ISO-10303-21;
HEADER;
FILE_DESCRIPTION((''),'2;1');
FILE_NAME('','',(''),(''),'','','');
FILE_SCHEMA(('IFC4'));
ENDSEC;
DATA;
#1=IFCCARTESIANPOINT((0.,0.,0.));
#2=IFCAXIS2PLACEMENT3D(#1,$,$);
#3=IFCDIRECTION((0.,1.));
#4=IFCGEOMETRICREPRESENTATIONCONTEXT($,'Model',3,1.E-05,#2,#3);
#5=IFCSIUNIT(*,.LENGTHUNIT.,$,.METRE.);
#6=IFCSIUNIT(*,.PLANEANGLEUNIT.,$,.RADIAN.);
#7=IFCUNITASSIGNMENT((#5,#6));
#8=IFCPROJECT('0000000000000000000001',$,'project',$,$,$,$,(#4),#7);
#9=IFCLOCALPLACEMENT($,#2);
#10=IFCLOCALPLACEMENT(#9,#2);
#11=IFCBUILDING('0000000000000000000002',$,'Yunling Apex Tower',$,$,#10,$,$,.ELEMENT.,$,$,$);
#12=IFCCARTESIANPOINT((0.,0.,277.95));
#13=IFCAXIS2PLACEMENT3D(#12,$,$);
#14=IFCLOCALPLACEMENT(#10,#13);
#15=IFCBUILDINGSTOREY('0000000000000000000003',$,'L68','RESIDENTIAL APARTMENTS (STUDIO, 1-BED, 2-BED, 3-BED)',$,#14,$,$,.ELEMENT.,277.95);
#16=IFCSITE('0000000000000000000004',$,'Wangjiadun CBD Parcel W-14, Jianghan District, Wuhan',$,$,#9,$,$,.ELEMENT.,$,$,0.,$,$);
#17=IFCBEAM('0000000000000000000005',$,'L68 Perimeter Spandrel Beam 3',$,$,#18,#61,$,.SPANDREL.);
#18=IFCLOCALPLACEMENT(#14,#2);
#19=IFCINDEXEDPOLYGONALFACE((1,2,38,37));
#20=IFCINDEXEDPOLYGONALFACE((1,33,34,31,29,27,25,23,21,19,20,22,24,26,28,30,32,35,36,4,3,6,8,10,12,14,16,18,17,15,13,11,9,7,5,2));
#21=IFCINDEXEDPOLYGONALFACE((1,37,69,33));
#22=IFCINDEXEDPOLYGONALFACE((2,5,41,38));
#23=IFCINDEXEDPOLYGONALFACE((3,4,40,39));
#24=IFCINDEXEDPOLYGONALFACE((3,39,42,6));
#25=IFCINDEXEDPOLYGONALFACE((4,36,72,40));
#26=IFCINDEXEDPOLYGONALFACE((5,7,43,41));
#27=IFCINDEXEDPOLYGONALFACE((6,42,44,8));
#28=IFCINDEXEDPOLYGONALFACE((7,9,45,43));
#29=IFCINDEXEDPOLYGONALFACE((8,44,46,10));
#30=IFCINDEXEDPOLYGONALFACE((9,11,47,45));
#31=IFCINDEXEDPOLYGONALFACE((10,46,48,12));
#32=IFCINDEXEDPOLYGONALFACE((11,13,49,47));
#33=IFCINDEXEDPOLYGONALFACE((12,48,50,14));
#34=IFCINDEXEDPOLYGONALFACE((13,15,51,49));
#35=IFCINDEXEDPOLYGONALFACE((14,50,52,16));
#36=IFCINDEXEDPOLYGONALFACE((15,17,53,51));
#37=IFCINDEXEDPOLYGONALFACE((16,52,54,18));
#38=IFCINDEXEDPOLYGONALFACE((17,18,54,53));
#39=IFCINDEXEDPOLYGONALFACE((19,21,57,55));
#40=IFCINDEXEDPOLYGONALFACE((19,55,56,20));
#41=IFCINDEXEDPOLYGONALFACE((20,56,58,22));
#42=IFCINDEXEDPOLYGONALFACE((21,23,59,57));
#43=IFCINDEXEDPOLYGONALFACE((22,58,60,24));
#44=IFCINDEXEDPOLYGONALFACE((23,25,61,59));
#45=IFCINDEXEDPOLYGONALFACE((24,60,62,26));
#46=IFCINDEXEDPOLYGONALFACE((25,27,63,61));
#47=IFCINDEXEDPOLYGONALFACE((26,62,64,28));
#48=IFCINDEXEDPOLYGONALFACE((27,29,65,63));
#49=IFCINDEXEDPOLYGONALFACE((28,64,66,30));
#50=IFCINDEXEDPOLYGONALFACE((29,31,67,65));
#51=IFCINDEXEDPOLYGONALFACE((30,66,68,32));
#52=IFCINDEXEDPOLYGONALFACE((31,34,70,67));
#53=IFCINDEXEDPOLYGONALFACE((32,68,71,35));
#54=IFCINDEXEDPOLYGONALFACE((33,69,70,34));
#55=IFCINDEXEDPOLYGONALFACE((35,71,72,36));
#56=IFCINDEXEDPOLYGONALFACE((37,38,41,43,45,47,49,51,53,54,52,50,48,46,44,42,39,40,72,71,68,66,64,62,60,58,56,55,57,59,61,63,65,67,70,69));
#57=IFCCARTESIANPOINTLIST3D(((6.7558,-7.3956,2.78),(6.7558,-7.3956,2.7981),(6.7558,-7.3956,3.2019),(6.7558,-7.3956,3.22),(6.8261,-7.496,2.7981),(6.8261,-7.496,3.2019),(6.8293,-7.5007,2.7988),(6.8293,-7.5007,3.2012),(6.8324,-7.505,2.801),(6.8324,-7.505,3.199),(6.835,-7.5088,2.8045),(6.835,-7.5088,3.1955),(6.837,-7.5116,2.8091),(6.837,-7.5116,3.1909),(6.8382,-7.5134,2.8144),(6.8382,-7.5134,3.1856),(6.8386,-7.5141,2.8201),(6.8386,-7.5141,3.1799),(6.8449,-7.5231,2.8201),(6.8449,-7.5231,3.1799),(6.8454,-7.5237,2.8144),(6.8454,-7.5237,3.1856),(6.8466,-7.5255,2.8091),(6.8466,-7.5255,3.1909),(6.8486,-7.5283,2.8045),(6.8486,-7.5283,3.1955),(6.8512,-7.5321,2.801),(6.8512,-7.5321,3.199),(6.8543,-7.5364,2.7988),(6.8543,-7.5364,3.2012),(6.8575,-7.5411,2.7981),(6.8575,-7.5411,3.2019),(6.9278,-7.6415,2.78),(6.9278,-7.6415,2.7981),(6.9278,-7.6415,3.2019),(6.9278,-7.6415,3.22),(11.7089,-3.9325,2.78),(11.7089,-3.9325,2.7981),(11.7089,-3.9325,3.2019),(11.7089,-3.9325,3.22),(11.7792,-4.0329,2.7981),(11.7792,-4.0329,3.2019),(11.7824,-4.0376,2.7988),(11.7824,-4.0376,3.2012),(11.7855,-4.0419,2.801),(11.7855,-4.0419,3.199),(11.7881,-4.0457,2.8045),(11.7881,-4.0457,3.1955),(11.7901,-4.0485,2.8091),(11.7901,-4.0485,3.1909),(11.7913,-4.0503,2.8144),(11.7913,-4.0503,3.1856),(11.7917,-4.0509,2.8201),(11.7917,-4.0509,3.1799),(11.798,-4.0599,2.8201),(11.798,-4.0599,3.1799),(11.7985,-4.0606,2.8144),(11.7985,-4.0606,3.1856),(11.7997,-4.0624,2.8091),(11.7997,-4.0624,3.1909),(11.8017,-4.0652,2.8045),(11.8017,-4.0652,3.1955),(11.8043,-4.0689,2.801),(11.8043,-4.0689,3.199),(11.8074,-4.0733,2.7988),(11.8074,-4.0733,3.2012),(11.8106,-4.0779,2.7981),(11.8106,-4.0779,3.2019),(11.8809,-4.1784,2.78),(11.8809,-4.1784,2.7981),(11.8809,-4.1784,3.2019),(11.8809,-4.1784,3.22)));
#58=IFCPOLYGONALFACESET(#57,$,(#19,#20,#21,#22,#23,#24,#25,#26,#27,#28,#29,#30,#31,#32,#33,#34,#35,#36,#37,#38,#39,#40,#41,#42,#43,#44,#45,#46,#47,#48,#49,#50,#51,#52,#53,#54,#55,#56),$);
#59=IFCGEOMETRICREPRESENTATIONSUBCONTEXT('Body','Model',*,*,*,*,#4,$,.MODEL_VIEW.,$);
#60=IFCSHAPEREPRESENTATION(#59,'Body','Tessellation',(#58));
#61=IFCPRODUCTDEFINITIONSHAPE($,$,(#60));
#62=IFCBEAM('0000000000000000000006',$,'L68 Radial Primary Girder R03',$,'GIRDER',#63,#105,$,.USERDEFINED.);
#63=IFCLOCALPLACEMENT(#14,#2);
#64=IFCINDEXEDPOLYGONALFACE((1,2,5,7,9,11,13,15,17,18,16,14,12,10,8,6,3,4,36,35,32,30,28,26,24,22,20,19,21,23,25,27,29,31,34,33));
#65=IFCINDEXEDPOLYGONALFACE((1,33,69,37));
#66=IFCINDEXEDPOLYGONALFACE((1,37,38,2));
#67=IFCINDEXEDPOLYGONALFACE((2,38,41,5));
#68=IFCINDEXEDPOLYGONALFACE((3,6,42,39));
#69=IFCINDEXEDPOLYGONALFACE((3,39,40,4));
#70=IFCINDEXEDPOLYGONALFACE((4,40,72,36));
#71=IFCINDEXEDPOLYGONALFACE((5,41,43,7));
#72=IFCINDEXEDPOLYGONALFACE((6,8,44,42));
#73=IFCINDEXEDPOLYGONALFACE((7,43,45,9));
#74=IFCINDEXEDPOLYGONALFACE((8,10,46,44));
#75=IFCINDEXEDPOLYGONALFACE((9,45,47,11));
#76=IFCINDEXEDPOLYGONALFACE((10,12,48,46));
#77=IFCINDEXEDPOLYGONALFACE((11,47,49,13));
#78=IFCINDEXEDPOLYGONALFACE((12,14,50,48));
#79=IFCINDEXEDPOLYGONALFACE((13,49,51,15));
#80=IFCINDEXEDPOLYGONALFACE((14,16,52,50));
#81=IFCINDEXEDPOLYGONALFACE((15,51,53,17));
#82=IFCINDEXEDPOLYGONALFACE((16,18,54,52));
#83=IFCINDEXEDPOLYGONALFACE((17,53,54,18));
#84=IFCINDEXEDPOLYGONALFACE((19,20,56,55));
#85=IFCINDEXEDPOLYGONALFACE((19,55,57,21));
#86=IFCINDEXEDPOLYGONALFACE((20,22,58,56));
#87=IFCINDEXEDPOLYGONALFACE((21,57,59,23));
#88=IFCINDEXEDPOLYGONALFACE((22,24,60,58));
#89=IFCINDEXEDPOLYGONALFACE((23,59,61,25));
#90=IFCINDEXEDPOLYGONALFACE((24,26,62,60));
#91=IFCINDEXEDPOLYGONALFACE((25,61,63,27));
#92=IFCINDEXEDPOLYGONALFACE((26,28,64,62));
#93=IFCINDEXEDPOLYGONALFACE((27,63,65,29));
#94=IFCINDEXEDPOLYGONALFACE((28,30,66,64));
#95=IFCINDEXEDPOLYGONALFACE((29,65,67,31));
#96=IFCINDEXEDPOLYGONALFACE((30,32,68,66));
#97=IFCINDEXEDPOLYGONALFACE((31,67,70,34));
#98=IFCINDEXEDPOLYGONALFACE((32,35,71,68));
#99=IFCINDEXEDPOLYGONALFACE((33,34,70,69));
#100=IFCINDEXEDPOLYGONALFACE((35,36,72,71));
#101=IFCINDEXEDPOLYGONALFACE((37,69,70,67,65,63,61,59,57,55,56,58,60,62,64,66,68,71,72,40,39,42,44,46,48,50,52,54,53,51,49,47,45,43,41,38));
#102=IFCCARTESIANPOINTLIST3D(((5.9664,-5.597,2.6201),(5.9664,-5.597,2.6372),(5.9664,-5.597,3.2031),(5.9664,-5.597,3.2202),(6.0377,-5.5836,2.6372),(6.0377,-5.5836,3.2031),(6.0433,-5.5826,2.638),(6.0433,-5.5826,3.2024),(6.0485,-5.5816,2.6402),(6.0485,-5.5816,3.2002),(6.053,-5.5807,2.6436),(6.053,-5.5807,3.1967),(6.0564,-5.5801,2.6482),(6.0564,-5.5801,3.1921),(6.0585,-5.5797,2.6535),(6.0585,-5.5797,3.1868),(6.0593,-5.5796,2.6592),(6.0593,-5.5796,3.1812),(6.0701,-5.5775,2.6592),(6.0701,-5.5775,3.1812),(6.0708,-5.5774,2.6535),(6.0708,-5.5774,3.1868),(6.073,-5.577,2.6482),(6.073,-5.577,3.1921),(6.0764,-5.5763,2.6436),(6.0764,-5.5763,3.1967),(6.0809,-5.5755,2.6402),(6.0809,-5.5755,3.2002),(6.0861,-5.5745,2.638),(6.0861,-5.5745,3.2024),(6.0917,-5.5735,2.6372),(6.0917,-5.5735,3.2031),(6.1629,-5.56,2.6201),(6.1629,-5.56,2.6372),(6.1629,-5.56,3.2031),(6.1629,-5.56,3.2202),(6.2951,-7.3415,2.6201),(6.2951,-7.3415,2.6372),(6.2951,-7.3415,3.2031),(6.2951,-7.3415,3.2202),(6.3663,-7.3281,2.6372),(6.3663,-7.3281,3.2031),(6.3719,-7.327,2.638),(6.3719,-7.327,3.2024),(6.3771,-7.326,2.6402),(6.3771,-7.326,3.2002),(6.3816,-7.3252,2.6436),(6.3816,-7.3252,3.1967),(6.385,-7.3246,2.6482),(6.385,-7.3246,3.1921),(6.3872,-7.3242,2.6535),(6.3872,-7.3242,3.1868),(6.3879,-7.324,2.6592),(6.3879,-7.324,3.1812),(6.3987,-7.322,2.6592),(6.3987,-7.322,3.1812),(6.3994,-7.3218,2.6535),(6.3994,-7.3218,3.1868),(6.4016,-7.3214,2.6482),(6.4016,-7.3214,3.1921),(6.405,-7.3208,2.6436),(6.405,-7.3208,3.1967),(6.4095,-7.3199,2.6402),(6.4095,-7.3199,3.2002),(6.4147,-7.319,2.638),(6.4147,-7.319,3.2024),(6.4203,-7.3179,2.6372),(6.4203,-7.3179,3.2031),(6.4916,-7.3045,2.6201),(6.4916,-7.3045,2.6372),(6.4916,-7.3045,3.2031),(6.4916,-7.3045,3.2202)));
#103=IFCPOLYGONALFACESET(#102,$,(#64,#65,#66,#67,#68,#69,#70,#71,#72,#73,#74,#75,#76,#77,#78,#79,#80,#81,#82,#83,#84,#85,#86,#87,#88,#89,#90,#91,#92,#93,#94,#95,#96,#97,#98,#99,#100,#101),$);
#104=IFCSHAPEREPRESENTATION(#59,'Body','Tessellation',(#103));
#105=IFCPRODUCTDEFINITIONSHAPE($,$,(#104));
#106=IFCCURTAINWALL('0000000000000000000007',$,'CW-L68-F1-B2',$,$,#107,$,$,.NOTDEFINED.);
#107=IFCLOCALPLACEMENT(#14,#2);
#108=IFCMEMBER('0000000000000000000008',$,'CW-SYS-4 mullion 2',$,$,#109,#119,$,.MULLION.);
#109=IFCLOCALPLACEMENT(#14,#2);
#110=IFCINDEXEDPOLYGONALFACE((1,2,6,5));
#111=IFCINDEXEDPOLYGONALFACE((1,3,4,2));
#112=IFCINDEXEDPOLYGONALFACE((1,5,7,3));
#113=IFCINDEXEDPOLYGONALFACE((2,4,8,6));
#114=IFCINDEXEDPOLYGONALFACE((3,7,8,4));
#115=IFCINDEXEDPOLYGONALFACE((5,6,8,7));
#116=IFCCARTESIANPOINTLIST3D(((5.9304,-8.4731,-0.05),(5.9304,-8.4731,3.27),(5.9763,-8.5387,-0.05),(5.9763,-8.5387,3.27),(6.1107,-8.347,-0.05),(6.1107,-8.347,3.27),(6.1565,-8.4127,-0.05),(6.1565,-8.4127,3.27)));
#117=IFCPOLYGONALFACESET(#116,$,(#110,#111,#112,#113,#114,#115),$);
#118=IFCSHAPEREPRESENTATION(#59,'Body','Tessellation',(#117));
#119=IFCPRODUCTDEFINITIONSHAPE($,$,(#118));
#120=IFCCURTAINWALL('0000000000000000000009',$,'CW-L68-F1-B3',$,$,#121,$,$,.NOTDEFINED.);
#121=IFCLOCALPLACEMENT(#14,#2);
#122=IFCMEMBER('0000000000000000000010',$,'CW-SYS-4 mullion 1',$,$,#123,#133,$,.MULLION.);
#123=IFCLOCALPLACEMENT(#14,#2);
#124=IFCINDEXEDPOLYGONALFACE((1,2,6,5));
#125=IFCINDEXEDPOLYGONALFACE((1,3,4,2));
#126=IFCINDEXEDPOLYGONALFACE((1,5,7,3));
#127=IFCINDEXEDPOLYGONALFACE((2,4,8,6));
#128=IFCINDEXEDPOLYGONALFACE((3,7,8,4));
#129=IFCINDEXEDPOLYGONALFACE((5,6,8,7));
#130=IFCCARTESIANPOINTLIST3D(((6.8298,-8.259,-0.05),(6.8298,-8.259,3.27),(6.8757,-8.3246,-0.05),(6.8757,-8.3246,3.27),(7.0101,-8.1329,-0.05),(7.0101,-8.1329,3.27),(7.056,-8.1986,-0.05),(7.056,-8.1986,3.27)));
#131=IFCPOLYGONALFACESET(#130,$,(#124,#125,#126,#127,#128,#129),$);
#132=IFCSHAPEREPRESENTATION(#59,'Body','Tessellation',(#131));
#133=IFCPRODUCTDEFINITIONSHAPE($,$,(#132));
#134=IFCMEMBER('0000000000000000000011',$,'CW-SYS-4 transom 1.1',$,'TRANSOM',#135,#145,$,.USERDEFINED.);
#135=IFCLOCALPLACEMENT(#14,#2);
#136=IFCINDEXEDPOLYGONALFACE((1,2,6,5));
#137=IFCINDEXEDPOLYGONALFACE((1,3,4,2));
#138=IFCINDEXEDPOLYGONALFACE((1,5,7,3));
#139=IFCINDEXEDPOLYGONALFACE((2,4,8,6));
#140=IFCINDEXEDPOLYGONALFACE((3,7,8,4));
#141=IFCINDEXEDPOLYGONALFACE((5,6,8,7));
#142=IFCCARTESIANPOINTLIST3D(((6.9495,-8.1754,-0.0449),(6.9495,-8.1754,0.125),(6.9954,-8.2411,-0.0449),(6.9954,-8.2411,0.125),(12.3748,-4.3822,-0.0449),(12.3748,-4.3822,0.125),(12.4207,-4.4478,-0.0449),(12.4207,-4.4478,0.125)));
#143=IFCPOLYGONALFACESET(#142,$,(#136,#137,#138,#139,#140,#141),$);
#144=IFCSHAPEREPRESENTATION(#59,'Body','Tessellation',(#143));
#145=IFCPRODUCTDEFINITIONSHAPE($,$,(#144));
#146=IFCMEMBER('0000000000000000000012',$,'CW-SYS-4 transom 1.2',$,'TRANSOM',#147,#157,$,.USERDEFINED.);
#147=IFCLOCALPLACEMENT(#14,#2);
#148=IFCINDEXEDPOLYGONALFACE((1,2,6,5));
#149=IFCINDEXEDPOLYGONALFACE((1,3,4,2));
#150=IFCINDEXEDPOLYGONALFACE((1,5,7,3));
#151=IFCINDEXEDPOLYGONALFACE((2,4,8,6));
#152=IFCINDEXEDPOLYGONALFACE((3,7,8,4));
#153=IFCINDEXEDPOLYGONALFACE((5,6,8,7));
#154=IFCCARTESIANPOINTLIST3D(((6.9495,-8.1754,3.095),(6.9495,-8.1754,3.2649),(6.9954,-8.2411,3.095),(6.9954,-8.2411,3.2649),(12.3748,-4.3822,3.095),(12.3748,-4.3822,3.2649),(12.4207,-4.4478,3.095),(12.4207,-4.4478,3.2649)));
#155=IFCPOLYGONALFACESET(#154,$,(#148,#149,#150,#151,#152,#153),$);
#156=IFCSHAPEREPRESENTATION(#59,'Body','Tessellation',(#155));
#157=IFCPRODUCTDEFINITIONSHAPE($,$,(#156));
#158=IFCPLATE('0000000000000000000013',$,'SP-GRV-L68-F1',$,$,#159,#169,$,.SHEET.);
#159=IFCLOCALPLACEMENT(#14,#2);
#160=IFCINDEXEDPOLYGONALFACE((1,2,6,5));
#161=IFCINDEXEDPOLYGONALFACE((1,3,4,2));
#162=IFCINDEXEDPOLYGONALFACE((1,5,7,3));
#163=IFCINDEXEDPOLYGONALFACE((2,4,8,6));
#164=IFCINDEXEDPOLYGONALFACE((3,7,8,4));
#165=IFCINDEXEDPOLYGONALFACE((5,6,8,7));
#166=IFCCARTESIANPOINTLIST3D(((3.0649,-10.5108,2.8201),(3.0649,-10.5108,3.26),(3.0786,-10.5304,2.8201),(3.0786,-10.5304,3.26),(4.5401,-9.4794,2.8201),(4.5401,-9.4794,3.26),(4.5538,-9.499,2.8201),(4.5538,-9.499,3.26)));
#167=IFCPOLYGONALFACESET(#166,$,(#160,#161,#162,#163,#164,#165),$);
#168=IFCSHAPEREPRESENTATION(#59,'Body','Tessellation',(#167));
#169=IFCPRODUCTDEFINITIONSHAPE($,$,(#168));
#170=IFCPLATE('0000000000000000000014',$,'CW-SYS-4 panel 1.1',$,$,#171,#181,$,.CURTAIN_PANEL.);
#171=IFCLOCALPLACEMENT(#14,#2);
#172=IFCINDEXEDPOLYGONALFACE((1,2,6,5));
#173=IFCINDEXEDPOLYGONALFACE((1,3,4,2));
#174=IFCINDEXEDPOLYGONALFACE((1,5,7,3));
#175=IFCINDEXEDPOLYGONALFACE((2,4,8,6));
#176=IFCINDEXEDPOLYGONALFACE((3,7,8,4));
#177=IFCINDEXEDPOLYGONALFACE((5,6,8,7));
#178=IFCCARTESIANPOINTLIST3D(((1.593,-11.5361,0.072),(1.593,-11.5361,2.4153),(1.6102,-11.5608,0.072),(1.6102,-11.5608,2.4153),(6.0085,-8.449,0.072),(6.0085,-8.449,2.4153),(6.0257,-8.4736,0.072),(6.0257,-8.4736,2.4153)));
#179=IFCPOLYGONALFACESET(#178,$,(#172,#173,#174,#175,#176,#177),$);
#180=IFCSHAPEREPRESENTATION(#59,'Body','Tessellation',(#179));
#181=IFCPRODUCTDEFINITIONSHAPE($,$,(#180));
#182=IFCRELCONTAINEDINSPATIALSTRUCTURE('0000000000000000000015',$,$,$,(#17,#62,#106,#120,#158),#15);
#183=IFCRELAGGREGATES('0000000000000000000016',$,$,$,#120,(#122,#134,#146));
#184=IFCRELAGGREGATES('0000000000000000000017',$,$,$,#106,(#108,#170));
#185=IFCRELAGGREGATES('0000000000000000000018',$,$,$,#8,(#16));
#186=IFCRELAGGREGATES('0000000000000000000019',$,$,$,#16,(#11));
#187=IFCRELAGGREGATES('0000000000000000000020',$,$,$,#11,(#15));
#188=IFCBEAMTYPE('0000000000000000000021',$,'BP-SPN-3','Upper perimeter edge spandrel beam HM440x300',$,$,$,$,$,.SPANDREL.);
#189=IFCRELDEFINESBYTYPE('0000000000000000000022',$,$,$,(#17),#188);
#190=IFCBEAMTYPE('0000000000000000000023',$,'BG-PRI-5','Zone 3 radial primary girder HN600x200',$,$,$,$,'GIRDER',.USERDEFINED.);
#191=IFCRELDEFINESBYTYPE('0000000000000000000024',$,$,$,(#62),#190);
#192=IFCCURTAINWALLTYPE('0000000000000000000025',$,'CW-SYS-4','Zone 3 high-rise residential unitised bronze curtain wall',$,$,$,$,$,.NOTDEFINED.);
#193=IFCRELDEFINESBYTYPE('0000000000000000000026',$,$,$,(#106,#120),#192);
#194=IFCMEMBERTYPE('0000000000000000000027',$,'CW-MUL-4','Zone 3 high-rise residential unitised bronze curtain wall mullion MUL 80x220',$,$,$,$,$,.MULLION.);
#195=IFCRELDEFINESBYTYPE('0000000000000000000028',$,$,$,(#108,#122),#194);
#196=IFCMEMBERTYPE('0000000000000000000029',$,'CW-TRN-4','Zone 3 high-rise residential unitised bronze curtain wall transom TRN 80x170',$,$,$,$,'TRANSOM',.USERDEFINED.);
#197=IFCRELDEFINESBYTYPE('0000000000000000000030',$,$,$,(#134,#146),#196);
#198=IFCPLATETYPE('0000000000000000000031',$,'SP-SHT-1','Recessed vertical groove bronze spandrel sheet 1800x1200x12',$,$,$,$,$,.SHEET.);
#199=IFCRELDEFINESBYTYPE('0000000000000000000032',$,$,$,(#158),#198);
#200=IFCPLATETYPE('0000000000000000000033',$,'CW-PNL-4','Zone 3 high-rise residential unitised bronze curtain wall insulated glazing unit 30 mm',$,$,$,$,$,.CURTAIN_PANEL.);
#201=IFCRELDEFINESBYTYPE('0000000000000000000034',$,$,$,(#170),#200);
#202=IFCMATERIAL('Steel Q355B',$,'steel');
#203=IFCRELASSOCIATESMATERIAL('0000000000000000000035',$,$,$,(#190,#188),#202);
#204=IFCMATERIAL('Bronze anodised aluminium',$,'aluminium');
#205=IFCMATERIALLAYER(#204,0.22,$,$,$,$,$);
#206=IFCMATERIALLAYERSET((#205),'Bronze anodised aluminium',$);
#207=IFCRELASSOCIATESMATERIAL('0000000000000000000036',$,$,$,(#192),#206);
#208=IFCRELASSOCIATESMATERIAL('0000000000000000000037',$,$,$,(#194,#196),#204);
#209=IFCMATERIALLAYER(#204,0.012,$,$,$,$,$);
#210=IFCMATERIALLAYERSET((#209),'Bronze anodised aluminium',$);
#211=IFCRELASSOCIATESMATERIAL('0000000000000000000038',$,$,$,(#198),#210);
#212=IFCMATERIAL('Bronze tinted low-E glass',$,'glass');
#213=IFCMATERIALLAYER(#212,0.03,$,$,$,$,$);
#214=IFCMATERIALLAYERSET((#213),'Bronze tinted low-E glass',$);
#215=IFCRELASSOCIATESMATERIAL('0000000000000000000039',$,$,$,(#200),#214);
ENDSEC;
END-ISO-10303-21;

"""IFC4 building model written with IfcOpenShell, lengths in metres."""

from ifc_helpers import new_model, si_unit, direction, frame, origin, origin_2d, place, context, subcontext, project, spatial, rectangle, i_section, extrude, source, transform, mapped, material, layer, layer_set, material_profile, profile_set, type_object, element, aggregate, save


model = new_model("IFC4")

# Units and contexts
model_context = context("Model", 3, precision=1e-05, world=origin(), true_north=direction((0.0, 1.0)))
body_context = subcontext(model_context, "Body", "Model", "MODEL_VIEW")
ifc_project = project(units=[si_unit("LENGTHUNIT", "METRE"), si_unit("PLANEANGLEUNIT", "RADIAN")], contexts=[model_context])

# Site, building, storey
site_placement = place(None, origin())
site = spatial("IfcSite", under=ifc_project, at=site_placement, Name="Wangjiadun CBD Parcel W-14, Jianghan District, Wuhan", CompositionType="ELEMENT", RefElevation=0.0)
building_placement = place(site_placement, origin())
building = spatial("IfcBuilding", under=site, at=building_placement, Name="Yunling Apex Tower", CompositionType="ELEMENT")
storey_placement = place(building_placement, frame((0.0, 0.0, 277.95)))
storey = spatial("IfcBuildingStorey", under=building, at=storey_placement, Name="L68", Description="RESIDENTIAL APARTMENTS (STUDIO, 1-BED, 2-BED, 3-BED)", CompositionType="ELEMENT", Elevation=277.95)

# Shared definitions
ifc_material_1 = material(Name="Steel Q355B", Category="steel")

# Beams
ifc_material_profile_1 = material_profile(ifc_material_1, i_section(OverallWidth=0.2, OverallDepth=0.6001, WebThickness=0.011, FlangeThickness=0.0171, FilletRadius=0.022, at=origin_2d()))
ifc_profile_set_1 = profile_set([ifc_material_profile_1], Name="Steel Q355B")
beam_type_1 = type_object("IfcBeamType", Name="BG-PRI-5", Description="Zone 3 radial primary girder HN600x200", ElementType="GIRDER", PredefinedType="USERDEFINED", material=ifc_profile_set_1)
ifc_material_profile_2 = material_profile(ifc_material_1, i_section(OverallWidth=0.3, OverallDepth=0.4399, WebThickness=0.011, FlangeThickness=0.0181, FilletRadius=0.022, at=origin_2d()))
ifc_profile_set_2 = profile_set([ifc_material_profile_2], Name="Steel Q355B")
beam_type_2 = type_object("IfcBeamType", Name="BP-SPN-3", Description="Upper perimeter edge spandrel beam HM440x300", PredefinedType="SPANDREL", material=ifc_profile_set_2)
shared_shape_1 = source(origin(), body_context, "Body", "SweptSolid", [
    extrude(i_section(OverallWidth=0.3, OverallDepth=0.4399, WebThickness=0.011, FlangeThickness=0.0181, FilletRadius=0.022, at=origin_2d()), origin(), (0.0, 0.0, 1.0), 6.0437),
])
beam_1_placement = place(storey_placement, frame((6.8418, -7.5186, 3.0), z_axis=(0.819547, 0.573012, 0.0), x_axis=(-0.573012, 0.819547, 0.0)))
element("IfcBeam", 1, at=beam_1_placement, inside=storey, type_object=beam_type_2, Name="L68 Perimeter Spandrel Beam 3", PredefinedType="SPANDREL", context=body_context, shape_type="MappedRepresentation", body=[
    mapped(shared_shape_1, transform((0.0, 0.0, 0.0), scale=1.0)),
])
shared_shape_2 = source(origin(), body_context, "Body", "SweptSolid", [
    extrude(i_section(OverallWidth=0.2, OverallDepth=0.6001, WebThickness=0.011, FlangeThickness=0.0171, FilletRadius=0.022, at=origin_2d()), origin(), (0.0, 0.0, 1.0), 1.7751),
])
beam_2_placement = place(storey_placement, frame((6.3933, -7.323, 2.9202), z_axis=(-0.185127, 0.982715, 0.0), x_axis=(-0.982715, -0.185127, 0.0)))
element("IfcBeam", 2, at=beam_2_placement, inside=storey, type_object=beam_type_1, Name="L68 Radial Primary Girder R03", ObjectType="GIRDER", PredefinedType="USERDEFINED", context=body_context, shape_type="MappedRepresentation", body=[
    mapped(shared_shape_2, transform((0.0, 0.0, 0.0), scale=1.0)),
])

# Curtain wall, member
ifc_material_2 = material(Name="Bronze anodised aluminium", Category="aluminium")
ifc_layer_1 = layer(ifc_material_2, 0.22)
ifc_layer_set_1 = layer_set([ifc_layer_1], Name="Bronze anodised aluminium")
curtain_wall_type = type_object("IfcCurtainWallType", Name="CW-SYS-4", Description="Zone 3 high-rise residential unitised bronze curtain wall", PredefinedType="NOTDEFINED", material=ifc_layer_set_1)
curtain_wall_1_placement = place(storey_placement, origin())
curtain_wall_1 = element("IfcCurtainWall", 3, at=curtain_wall_1_placement, inside=storey, type_object=curtain_wall_type, Name="CW-L68-F1-B2", PredefinedType="NOTDEFINED")
ifc_material_profile_3 = material_profile(ifc_material_2, rectangle(XDim=0.0801, YDim=0.22, at=origin_2d()))
ifc_profile_set_3 = profile_set([ifc_material_profile_3], Name="Bronze anodised aluminium")
member_type_1 = type_object("IfcMemberType", Name="CW-MUL-4", Description="Zone 3 high-rise residential unitised bronze curtain wall mullion MUL 80x220", PredefinedType="MULLION", material=ifc_profile_set_3)
shared_shape_3 = source(origin(), body_context, "Body", "SweptSolid", [
    extrude(rectangle(XDim=0.0801, YDim=0.22, at=origin_2d()), origin(), (0.0, 0.0, 1.0), 3.3201),
])
member_1_placement = place(storey_placement, frame((6.0435, -8.4429, -0.05), z_axis=(0.0, 0.0, 1.0), x_axis=(-0.572999, 0.819556, 0.0)))
member_1 = element("IfcMember", 4, at=member_1_placement, type_object=member_type_1, Name="CW-SYS-4 mullion 2", PredefinedType="MULLION", context=body_context, shape_type="MappedRepresentation", body=[
    mapped(shared_shape_3, transform((0.0, 0.0, 0.0), scale=1.0)),
])

# Curtain wall, members
curtain_wall_2_placement = place(storey_placement, origin())
curtain_wall_2 = element("IfcCurtainWall", 5, at=curtain_wall_2_placement, inside=storey, type_object=curtain_wall_type, Name="CW-L68-F1-B3", PredefinedType="NOTDEFINED")
member_2_placement = place(storey_placement, frame((6.9429, -8.2288, -0.05), z_axis=(0.0, 0.0, 1.0), x_axis=(-0.57301, 0.819548, 0.0)))
member_2 = element("IfcMember", 6, at=member_2_placement, type_object=member_type_1, Name="CW-SYS-4 mullion 1", PredefinedType="MULLION", context=body_context, shape_type="MappedRepresentation", body=[
    mapped(shared_shape_3, transform((0.0, 0.0, 0.0), scale=1.0)),
])
ifc_material_profile_4 = material_profile(ifc_material_2, rectangle(XDim=0.0801, YDim=0.1699, at=origin_2d()))
ifc_profile_set_4 = profile_set([ifc_material_profile_4], Name="Bronze anodised aluminium")
member_type_2 = type_object("IfcMemberType", Name="CW-TRN-4", Description="Zone 3 high-rise residential unitised bronze curtain wall transom TRN 80x170", ElementType="TRANSOM", PredefinedType="USERDEFINED", material=ifc_profile_set_4)
shared_shape_4 = source(origin(), body_context, "Body", "SweptSolid", [
    extrude(rectangle(XDim=0.0801, YDim=0.1699, at=origin_2d()), origin(), (0.0, 0.0, 1.0), 6.6199),
])
member_3_placement = place(storey_placement, frame((6.9724, -8.2083, 0.04), z_axis=(0.819551, 0.573007, 0.0), x_axis=(-0.573007, 0.819551, 0.0)))
member_3 = element("IfcMember", 7, at=member_3_placement, type_object=member_type_2, Name="CW-SYS-4 transom 1.1", ObjectType="TRANSOM", PredefinedType="USERDEFINED", context=body_context, shape_type="MappedRepresentation", body=[
    mapped(shared_shape_4, transform((0.0, 0.0, 0.0), scale=1.0)),
])
member_4_placement = place(storey_placement, frame((6.9724, -8.2083, 3.1799), z_axis=(0.819551, 0.573007, 0.0), x_axis=(-0.573007, 0.819551, 0.0)))
member_4 = element("IfcMember", 8, at=member_4_placement, type_object=member_type_2, Name="CW-SYS-4 transom 1.2", ObjectType="TRANSOM", PredefinedType="USERDEFINED", context=body_context, shape_type="MappedRepresentation", body=[
    mapped(shared_shape_4, transform((0.0, 0.0, 0.0), scale=1.0)),
])
aggregate(curtain_wall_2, [member_2, member_3, member_4])

# Plates
ifc_layer_2 = layer(ifc_material_2, 0.012)
ifc_layer_set_2 = layer_set([ifc_layer_2], Name="Bronze anodised aluminium")
plate_type_1 = type_object("IfcPlateType", Name="SP-SHT-1", Description="Recessed vertical groove bronze spandrel sheet 1800x1200x12", PredefinedType="SHEET", material=ifc_layer_set_2)
shared_shape_5 = source(origin(), body_context, "Body", "SweptSolid", [
    extrude(rectangle(XDim=1.8, YDim=0.0239, at=origin_2d()), origin(), (0.0, 0.0, 1.0), 0.4399),
])
plate_1_placement = place(storey_placement, frame((3.8093, -10.0049, 2.8201), z_axis=(0.0, 0.0, 1.0), x_axis=(0.819552, 0.573004, 0.0)))
element("IfcPlate", 9, at=plate_1_placement, inside=storey, type_object=plate_type_1, Name="SP-GRV-L68-F1", PredefinedType="SHEET", context=body_context, shape_type="MappedRepresentation", body=[
    mapped(shared_shape_5, transform((0.0, 0.0, 0.0), scale=1.0)),
])
ifc_material_3 = material(Name="Bronze tinted low-E glass", Category="glass")
ifc_layer_3 = layer(ifc_material_3, 0.03)
ifc_layer_set_3 = layer_set([ifc_layer_3], Name="Bronze tinted low-E glass")
plate_type_2 = type_object("IfcPlateType", Name="CW-PNL-4", Description="Zone 3 high-rise residential unitised bronze curtain wall insulated glazing unit 30 mm", PredefinedType="CURTAIN_PANEL", material=ifc_layer_set_3)
shared_shape_6 = source(origin(), body_context, "Body", "SweptSolid", [
    extrude(rectangle(XDim=5.3877, YDim=0.03, at=origin_2d()), origin(), (0.0, 0.0, 1.0), 2.3433),
])
plate_2_placement = place(storey_placement, frame((3.8093, -10.0049, 0.072), z_axis=(0.0, 0.0, 1.0), x_axis=(0.819556, 0.572999, 0.0)))
plate_2 = element("IfcPlate", 10, at=plate_2_placement, type_object=plate_type_2, Name="CW-SYS-4 panel 1.1", PredefinedType="CURTAIN_PANEL", context=body_context, shape_type="MappedRepresentation", body=[
    mapped(shared_shape_6, transform((0.0, 0.0, 0.0), scale=1.0)),
])
aggregate(curtain_wall_1, [member_1, plate_2])

save(model, "model.ifc")
